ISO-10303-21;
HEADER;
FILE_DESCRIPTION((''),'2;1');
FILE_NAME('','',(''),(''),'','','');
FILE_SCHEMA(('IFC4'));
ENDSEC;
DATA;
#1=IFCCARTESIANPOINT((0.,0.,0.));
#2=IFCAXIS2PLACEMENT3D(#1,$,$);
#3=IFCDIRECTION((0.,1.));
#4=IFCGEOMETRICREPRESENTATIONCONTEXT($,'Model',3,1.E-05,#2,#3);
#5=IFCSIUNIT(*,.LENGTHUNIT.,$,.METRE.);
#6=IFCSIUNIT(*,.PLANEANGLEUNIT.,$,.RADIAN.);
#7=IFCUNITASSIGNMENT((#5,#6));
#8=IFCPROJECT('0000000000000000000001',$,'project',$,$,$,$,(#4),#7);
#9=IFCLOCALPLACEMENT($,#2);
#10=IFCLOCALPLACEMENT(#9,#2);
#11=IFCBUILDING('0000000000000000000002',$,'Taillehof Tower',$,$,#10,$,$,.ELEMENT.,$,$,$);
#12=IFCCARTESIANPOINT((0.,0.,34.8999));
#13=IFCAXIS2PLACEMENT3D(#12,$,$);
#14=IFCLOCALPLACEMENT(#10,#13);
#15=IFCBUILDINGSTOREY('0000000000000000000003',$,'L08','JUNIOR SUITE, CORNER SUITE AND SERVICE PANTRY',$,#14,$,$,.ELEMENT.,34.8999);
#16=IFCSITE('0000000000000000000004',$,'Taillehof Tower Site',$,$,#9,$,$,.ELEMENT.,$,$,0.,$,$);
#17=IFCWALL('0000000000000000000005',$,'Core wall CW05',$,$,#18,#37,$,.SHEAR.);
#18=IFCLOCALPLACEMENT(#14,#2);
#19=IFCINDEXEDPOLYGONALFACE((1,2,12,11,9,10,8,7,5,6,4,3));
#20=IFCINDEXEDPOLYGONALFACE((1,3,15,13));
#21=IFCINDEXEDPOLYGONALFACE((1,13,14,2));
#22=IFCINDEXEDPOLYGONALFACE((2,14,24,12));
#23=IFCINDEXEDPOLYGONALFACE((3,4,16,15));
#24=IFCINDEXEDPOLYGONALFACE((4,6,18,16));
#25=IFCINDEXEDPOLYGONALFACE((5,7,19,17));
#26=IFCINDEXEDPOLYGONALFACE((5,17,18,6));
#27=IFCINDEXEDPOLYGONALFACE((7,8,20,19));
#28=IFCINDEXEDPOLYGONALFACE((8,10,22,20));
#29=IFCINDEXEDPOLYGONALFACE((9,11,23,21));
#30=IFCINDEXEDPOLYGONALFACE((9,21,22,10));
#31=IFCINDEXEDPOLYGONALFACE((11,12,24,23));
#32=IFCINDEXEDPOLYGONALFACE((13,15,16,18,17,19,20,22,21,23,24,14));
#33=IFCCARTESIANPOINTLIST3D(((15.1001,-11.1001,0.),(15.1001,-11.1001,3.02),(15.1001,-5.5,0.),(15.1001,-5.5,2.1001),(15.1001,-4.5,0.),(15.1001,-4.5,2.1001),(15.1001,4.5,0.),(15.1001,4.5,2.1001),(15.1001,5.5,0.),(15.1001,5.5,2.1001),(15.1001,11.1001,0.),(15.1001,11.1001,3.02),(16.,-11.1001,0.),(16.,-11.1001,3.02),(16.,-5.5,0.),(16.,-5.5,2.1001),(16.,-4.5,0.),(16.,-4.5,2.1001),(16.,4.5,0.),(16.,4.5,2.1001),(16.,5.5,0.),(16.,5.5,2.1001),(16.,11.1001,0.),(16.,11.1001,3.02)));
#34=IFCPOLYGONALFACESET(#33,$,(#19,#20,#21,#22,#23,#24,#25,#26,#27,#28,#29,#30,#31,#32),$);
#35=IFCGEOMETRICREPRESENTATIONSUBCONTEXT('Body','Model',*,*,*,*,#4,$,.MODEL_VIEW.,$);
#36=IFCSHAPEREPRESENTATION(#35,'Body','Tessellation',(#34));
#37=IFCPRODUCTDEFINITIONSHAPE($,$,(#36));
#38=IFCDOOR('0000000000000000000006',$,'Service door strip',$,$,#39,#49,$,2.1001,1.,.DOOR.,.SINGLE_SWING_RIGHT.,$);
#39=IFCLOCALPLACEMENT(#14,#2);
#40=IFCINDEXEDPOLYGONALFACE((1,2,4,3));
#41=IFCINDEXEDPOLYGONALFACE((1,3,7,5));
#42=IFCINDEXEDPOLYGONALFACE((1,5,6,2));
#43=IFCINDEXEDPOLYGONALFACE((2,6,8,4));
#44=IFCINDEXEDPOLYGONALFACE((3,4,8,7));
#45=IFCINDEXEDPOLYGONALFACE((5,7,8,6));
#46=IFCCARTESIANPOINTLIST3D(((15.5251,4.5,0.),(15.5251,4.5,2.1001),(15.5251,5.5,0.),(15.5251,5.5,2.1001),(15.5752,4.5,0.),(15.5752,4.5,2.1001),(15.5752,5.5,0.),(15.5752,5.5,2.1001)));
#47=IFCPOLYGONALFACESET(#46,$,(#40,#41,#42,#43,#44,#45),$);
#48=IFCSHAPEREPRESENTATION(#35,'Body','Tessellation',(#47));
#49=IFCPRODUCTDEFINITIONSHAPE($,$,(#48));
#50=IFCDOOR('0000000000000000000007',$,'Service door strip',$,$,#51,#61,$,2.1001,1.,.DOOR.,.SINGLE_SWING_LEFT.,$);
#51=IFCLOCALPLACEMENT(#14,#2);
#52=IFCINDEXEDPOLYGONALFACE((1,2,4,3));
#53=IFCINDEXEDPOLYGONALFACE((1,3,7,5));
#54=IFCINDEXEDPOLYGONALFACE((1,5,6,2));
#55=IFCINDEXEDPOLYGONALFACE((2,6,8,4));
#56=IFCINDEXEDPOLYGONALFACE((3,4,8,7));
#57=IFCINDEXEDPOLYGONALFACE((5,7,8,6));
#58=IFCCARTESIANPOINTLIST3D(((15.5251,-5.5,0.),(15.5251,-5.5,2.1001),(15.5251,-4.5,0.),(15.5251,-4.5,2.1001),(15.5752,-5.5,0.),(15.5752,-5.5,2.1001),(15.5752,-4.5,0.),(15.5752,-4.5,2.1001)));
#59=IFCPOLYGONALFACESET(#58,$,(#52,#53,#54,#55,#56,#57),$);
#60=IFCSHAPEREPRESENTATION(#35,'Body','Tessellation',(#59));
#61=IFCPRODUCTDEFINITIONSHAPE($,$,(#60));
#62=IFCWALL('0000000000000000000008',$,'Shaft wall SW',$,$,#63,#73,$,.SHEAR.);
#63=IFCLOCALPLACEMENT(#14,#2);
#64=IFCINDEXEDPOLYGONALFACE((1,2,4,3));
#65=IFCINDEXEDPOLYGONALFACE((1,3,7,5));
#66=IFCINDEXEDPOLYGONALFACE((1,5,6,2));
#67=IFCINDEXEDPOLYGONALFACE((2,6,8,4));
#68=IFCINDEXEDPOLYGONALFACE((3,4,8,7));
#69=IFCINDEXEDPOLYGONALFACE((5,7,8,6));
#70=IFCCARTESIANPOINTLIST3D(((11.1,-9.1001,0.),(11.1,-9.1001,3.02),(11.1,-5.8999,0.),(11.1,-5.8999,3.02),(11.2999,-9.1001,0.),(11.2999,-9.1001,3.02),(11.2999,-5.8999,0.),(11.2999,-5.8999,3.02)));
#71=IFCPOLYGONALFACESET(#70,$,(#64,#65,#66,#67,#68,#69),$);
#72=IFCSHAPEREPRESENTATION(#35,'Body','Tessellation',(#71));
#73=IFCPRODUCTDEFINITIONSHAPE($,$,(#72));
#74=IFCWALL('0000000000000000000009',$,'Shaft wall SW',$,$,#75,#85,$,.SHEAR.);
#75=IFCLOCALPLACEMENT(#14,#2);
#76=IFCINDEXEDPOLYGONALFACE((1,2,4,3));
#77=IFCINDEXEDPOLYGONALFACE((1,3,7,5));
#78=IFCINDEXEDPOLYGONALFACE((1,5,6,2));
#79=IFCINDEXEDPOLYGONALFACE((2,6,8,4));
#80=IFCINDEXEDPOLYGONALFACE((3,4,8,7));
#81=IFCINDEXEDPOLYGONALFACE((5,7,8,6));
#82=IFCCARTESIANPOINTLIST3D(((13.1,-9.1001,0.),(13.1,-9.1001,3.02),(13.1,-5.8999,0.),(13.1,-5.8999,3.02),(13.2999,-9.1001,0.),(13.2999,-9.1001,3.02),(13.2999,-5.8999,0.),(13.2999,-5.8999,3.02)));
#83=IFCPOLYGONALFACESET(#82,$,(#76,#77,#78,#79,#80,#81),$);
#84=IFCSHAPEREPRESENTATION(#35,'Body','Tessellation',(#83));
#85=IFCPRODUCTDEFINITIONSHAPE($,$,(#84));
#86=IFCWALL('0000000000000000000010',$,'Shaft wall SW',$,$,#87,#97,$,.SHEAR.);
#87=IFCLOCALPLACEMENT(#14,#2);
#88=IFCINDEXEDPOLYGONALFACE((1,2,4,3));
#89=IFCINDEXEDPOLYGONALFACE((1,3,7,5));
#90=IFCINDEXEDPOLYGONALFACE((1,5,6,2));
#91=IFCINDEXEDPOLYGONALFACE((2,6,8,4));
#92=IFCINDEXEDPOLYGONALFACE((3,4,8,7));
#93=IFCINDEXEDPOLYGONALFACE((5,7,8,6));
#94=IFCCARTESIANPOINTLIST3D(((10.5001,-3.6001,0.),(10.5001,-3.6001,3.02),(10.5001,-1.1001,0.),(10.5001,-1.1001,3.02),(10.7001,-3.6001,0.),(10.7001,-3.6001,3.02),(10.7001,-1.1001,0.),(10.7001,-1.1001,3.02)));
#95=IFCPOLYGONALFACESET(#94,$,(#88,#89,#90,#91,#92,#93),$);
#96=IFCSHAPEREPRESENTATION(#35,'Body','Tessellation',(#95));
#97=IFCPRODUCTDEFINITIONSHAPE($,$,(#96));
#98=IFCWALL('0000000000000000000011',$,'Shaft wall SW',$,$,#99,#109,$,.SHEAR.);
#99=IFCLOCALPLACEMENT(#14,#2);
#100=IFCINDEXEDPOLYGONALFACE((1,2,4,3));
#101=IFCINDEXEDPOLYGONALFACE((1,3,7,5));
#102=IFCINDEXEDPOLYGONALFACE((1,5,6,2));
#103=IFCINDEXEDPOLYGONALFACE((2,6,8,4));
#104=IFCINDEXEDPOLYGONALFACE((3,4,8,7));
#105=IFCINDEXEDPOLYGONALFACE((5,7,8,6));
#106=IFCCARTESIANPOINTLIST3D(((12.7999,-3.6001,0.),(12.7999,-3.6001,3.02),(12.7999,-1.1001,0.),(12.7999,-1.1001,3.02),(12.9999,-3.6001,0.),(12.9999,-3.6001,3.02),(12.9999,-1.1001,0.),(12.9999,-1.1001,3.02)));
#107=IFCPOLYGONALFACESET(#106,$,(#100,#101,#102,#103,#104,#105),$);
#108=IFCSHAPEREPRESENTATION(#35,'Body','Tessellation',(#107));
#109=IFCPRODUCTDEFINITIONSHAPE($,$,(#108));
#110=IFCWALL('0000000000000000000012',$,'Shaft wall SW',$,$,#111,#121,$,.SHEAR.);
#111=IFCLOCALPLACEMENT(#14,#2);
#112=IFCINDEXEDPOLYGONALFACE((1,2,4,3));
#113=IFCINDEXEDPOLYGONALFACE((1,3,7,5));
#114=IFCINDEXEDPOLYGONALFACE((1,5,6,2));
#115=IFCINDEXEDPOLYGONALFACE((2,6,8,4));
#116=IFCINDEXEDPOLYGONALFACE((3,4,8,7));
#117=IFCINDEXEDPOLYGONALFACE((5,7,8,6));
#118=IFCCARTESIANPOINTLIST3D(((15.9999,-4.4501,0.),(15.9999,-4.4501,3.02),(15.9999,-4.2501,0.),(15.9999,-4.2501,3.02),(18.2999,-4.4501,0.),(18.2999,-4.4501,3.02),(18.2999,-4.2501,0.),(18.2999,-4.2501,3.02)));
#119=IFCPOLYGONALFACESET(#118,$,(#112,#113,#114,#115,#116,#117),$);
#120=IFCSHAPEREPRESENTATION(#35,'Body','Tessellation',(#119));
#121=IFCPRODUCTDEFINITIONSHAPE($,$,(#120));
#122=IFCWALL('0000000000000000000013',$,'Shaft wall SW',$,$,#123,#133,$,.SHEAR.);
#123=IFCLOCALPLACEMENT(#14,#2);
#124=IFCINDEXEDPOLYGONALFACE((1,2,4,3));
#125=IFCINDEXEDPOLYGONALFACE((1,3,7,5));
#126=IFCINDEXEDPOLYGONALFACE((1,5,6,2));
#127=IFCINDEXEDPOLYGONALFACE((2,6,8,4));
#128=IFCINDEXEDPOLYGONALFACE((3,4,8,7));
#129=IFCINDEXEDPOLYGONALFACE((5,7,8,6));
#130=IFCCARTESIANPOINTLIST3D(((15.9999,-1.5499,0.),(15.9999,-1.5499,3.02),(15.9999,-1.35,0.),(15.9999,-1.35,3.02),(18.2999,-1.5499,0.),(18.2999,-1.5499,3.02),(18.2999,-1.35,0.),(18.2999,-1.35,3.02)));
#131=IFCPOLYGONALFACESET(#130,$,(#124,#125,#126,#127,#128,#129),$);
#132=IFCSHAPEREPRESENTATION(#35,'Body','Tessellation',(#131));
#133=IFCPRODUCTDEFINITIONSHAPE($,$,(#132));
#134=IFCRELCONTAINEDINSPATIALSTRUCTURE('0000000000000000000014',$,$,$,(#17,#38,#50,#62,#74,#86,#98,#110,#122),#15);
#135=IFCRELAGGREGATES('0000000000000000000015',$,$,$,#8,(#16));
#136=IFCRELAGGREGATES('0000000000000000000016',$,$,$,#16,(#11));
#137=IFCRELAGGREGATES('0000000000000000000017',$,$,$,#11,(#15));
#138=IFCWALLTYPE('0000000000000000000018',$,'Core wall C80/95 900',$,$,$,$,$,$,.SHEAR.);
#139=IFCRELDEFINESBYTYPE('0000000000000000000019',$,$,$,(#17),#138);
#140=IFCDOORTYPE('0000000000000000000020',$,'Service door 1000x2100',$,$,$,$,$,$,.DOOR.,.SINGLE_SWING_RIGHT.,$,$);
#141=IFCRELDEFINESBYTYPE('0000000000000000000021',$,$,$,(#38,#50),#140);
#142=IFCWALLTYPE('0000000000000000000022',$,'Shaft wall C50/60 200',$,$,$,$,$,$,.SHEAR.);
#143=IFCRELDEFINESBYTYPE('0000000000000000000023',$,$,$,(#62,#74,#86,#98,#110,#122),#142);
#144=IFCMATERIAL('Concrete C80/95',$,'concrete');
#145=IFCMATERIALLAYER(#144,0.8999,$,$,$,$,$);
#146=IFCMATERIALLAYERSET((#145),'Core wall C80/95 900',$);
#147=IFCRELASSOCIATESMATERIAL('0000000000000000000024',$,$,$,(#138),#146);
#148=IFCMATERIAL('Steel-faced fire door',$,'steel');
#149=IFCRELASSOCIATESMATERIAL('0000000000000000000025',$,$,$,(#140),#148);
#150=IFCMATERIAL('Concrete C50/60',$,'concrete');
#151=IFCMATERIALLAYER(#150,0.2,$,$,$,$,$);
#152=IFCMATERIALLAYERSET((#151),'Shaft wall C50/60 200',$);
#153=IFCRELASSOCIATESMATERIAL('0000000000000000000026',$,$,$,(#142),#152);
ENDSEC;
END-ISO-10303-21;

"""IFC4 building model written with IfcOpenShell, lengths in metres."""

from ifc_helpers import new_model, si_unit, direction, frame, frame_2d, origin, place, context, subcontext, project, spatial, rectangle, extrude, material, layer, layer_set, type_object, element, fill, save


model = new_model("IFC4")

# Units and contexts
model_context = context("Model", 3, precision=1e-05, world=origin(), true_north=direction((0.0, 1.0)))
body_context = subcontext(model_context, "Body", "Model", "MODEL_VIEW")
ifc_project = project(units=[si_unit("LENGTHUNIT", "METRE"), si_unit("PLANEANGLEUNIT", "RADIAN")], contexts=[model_context])

# Site, building, storey
site_placement = place(None, origin())
site = spatial("IfcSite", under=ifc_project, at=site_placement, Name="Taillehof Tower Site", CompositionType="ELEMENT", RefElevation=0.0)
building_placement = place(site_placement, origin())
building = spatial("IfcBuilding", under=site, at=building_placement, Name="Taillehof Tower", CompositionType="ELEMENT")
storey_placement = place(building_placement, frame((0.0, 0.0, 34.8999)))
storey = spatial("IfcBuildingStorey", under=building, at=storey_placement, Name="L08", Description="JUNIOR SUITE, CORNER SUITE AND SERVICE PANTRY", CompositionType="ELEMENT", Elevation=34.8999)

# Wall, openings, doors
ifc_material_1 = material(Name="Concrete C80/95", Category="concrete")
ifc_layer_1 = layer(ifc_material_1, 0.8999)
ifc_layer_set_1 = layer_set([ifc_layer_1], Name="Core wall C80/95 900")
wall_type_1 = type_object("IfcWallType", Name="Core wall C80/95 900", PredefinedType="SHEAR", material=ifc_layer_set_1)
wall_1_placement = place(storey_placement, frame((15.55, -11.1001, 0.0), z_axis=(0.0, 0.0, 1.0), x_axis=(0.0, 1.0, 0.0)))
wall_1 = element("IfcWall", 1, at=wall_1_placement, inside=storey, type_object=wall_type_1, Name="Core wall CW05", PredefinedType="SHEAR", context=body_context, shape_type="SweptSolid", body=[
    extrude(rectangle(XDim=22.2002, YDim=0.8999, at=frame_2d((11.1001, 0.0))), origin(), (0.0, 0.0, 1.0), 3.02),
])
opening_1_placement = place(wall_1_placement, frame((15.6001, 0.0, 0.0)))
opening_1 = element("IfcOpeningElement", 2, at=opening_1_placement, cuts=wall_1, PredefinedType="OPENING", context=body_context, shape_type="SweptSolid", body=[
    extrude(rectangle(XDim=1.0, YDim=2.1001, at=frame_2d((0.5, 1.05))), frame((0.0, 0.46, 0.0), z_axis=(0.0, -1.0, 0.0), x_axis=(1.0, 0.0, 0.0)), (0.0, 0.0, 1.0), 0.9199),
])
opening_2_placement = place(wall_1_placement, frame((5.6001, 0.0, 0.0)))
opening_2 = element("IfcOpeningElement", 3, at=opening_2_placement, cuts=wall_1, PredefinedType="OPENING", context=body_context, shape_type="SweptSolid", body=[
    extrude(rectangle(XDim=1.0, YDim=2.1001, at=frame_2d((0.5, 1.05))), frame((0.0, 0.46, 0.0), z_axis=(0.0, -1.0, 0.0), x_axis=(1.0, 0.0, 0.0)), (0.0, 0.0, 1.0), 0.9199),
])
ifc_material_2 = material(Name="Steel-faced fire door", Category="steel")
door_type_1 = type_object("IfcDoorType", Name="Service door 1000x2100", OperationType="SINGLE_SWING_RIGHT", PredefinedType="DOOR", material=ifc_material_2)
door_1_placement = place(opening_1_placement, origin())
door_1 = element("IfcDoor", 4, at=door_1_placement, inside=storey, type_object=door_type_1, Name="Service door strip", OperationType="SINGLE_SWING_RIGHT", OverallHeight=2.1001, OverallWidth=1.0, PredefinedType="DOOR", context=body_context, shape_type="SweptSolid", body=[
    extrude(rectangle(XDim=1.0, YDim=2.1001, at=frame_2d((0.5, 1.05))), frame((0.0, 0.0249, 0.0), z_axis=(0.0, -1.0, 0.0), x_axis=(1.0, 0.0, 0.0)), (0.0, 0.0, 1.0), 0.05),
])
fill(opening_1, door_1)
door_2_placement = place(opening_2_placement, origin())
door_2 = element("IfcDoor", 5, at=door_2_placement, inside=storey, type_object=door_type_1, Name="Service door strip", OperationType="SINGLE_SWING_LEFT", OverallHeight=2.1001, OverallWidth=1.0, PredefinedType="DOOR", context=body_context, shape_type="SweptSolid", body=[
    extrude(rectangle(XDim=1.0, YDim=2.1001, at=frame_2d((0.5, 1.05))), frame((0.0, 0.0249, 0.0), z_axis=(0.0, -1.0, 0.0), x_axis=(1.0, 0.0, 0.0)), (0.0, 0.0, 1.0), 0.05),
])
fill(opening_2, door_2)

# Walls
ifc_material_3 = material(Name="Concrete C50/60", Category="concrete")
ifc_layer_2 = layer(ifc_material_3, 0.2)
ifc_layer_set_2 = layer_set([ifc_layer_2], Name="Shaft wall C50/60 200")
wall_type_2 = type_object("IfcWallType", Name="Shaft wall C50/60 200", PredefinedType="SHEAR", material=ifc_layer_set_2)
for number, where, z_axis, x_axis, name in (
    (6, (11.2, -9.1001, 0.0), (0.0, 0.0, 1.0), (0.0, 1.0, 0.0), "Shaft wall SW"),
    (7, (13.2, -9.1001, 0.0), (0.0, 0.0, 1.0), (0.0, 1.0, 0.0), "Shaft wall SW"),
):
    element("IfcWall", number, at=place(storey_placement, frame(where, z_axis=z_axis, x_axis=x_axis)), inside=storey, type_object=wall_type_2, Name=name, PredefinedType="SHEAR", context=body_context, shape_type="SweptSolid", body=[
        extrude(rectangle(XDim=3.2002, YDim=0.2, at=frame_2d((1.6001, 0.0))), origin(), (0.0, 0.0, 1.0), 3.02),
    ])
for number, where, z_axis, x_axis, name in (
    (8, (10.6001, -3.6001, 0.0), (0.0, 0.0, 1.0), (0.0, 1.0, 0.0), "Shaft wall SW"),
    (9, (12.8999, -3.6001, 0.0), (0.0, 0.0, 1.0), (0.0, 1.0, 0.0), "Shaft wall SW"),
):
    element("IfcWall", number, at=place(storey_placement, frame(where, z_axis=z_axis, x_axis=x_axis)), inside=storey, type_object=wall_type_2, Name=name, PredefinedType="SHEAR", context=body_context, shape_type="SweptSolid", body=[
        extrude(rectangle(XDim=2.5, YDim=0.2, at=frame_2d((1.25, 0.0))), origin(), (0.0, 0.0, 1.0), 3.02),
    ])
for number, where, z_axis, x_axis, name in (
    (10, (16.0, -4.3501, 0.0), (0.0, 0.0, 1.0), (1.0, 0.0, 0.0), "Shaft wall SW"),
    (11, (16.0, -1.45, 0.0), (0.0, 0.0, 1.0), (1.0, 0.0, 0.0), "Shaft wall SW"),
):
    element("IfcWall", number, at=place(storey_placement, frame(where, z_axis=z_axis, x_axis=x_axis)), inside=storey, type_object=wall_type_2, Name=name, PredefinedType="SHEAR", context=body_context, shape_type="SweptSolid", body=[
        extrude(rectangle(XDim=2.3, YDim=0.2, at=frame_2d((1.1499, 0.0))), origin(), (0.0, 0.0, 1.0), 3.02),
    ])

save(model, "model.ifc")
